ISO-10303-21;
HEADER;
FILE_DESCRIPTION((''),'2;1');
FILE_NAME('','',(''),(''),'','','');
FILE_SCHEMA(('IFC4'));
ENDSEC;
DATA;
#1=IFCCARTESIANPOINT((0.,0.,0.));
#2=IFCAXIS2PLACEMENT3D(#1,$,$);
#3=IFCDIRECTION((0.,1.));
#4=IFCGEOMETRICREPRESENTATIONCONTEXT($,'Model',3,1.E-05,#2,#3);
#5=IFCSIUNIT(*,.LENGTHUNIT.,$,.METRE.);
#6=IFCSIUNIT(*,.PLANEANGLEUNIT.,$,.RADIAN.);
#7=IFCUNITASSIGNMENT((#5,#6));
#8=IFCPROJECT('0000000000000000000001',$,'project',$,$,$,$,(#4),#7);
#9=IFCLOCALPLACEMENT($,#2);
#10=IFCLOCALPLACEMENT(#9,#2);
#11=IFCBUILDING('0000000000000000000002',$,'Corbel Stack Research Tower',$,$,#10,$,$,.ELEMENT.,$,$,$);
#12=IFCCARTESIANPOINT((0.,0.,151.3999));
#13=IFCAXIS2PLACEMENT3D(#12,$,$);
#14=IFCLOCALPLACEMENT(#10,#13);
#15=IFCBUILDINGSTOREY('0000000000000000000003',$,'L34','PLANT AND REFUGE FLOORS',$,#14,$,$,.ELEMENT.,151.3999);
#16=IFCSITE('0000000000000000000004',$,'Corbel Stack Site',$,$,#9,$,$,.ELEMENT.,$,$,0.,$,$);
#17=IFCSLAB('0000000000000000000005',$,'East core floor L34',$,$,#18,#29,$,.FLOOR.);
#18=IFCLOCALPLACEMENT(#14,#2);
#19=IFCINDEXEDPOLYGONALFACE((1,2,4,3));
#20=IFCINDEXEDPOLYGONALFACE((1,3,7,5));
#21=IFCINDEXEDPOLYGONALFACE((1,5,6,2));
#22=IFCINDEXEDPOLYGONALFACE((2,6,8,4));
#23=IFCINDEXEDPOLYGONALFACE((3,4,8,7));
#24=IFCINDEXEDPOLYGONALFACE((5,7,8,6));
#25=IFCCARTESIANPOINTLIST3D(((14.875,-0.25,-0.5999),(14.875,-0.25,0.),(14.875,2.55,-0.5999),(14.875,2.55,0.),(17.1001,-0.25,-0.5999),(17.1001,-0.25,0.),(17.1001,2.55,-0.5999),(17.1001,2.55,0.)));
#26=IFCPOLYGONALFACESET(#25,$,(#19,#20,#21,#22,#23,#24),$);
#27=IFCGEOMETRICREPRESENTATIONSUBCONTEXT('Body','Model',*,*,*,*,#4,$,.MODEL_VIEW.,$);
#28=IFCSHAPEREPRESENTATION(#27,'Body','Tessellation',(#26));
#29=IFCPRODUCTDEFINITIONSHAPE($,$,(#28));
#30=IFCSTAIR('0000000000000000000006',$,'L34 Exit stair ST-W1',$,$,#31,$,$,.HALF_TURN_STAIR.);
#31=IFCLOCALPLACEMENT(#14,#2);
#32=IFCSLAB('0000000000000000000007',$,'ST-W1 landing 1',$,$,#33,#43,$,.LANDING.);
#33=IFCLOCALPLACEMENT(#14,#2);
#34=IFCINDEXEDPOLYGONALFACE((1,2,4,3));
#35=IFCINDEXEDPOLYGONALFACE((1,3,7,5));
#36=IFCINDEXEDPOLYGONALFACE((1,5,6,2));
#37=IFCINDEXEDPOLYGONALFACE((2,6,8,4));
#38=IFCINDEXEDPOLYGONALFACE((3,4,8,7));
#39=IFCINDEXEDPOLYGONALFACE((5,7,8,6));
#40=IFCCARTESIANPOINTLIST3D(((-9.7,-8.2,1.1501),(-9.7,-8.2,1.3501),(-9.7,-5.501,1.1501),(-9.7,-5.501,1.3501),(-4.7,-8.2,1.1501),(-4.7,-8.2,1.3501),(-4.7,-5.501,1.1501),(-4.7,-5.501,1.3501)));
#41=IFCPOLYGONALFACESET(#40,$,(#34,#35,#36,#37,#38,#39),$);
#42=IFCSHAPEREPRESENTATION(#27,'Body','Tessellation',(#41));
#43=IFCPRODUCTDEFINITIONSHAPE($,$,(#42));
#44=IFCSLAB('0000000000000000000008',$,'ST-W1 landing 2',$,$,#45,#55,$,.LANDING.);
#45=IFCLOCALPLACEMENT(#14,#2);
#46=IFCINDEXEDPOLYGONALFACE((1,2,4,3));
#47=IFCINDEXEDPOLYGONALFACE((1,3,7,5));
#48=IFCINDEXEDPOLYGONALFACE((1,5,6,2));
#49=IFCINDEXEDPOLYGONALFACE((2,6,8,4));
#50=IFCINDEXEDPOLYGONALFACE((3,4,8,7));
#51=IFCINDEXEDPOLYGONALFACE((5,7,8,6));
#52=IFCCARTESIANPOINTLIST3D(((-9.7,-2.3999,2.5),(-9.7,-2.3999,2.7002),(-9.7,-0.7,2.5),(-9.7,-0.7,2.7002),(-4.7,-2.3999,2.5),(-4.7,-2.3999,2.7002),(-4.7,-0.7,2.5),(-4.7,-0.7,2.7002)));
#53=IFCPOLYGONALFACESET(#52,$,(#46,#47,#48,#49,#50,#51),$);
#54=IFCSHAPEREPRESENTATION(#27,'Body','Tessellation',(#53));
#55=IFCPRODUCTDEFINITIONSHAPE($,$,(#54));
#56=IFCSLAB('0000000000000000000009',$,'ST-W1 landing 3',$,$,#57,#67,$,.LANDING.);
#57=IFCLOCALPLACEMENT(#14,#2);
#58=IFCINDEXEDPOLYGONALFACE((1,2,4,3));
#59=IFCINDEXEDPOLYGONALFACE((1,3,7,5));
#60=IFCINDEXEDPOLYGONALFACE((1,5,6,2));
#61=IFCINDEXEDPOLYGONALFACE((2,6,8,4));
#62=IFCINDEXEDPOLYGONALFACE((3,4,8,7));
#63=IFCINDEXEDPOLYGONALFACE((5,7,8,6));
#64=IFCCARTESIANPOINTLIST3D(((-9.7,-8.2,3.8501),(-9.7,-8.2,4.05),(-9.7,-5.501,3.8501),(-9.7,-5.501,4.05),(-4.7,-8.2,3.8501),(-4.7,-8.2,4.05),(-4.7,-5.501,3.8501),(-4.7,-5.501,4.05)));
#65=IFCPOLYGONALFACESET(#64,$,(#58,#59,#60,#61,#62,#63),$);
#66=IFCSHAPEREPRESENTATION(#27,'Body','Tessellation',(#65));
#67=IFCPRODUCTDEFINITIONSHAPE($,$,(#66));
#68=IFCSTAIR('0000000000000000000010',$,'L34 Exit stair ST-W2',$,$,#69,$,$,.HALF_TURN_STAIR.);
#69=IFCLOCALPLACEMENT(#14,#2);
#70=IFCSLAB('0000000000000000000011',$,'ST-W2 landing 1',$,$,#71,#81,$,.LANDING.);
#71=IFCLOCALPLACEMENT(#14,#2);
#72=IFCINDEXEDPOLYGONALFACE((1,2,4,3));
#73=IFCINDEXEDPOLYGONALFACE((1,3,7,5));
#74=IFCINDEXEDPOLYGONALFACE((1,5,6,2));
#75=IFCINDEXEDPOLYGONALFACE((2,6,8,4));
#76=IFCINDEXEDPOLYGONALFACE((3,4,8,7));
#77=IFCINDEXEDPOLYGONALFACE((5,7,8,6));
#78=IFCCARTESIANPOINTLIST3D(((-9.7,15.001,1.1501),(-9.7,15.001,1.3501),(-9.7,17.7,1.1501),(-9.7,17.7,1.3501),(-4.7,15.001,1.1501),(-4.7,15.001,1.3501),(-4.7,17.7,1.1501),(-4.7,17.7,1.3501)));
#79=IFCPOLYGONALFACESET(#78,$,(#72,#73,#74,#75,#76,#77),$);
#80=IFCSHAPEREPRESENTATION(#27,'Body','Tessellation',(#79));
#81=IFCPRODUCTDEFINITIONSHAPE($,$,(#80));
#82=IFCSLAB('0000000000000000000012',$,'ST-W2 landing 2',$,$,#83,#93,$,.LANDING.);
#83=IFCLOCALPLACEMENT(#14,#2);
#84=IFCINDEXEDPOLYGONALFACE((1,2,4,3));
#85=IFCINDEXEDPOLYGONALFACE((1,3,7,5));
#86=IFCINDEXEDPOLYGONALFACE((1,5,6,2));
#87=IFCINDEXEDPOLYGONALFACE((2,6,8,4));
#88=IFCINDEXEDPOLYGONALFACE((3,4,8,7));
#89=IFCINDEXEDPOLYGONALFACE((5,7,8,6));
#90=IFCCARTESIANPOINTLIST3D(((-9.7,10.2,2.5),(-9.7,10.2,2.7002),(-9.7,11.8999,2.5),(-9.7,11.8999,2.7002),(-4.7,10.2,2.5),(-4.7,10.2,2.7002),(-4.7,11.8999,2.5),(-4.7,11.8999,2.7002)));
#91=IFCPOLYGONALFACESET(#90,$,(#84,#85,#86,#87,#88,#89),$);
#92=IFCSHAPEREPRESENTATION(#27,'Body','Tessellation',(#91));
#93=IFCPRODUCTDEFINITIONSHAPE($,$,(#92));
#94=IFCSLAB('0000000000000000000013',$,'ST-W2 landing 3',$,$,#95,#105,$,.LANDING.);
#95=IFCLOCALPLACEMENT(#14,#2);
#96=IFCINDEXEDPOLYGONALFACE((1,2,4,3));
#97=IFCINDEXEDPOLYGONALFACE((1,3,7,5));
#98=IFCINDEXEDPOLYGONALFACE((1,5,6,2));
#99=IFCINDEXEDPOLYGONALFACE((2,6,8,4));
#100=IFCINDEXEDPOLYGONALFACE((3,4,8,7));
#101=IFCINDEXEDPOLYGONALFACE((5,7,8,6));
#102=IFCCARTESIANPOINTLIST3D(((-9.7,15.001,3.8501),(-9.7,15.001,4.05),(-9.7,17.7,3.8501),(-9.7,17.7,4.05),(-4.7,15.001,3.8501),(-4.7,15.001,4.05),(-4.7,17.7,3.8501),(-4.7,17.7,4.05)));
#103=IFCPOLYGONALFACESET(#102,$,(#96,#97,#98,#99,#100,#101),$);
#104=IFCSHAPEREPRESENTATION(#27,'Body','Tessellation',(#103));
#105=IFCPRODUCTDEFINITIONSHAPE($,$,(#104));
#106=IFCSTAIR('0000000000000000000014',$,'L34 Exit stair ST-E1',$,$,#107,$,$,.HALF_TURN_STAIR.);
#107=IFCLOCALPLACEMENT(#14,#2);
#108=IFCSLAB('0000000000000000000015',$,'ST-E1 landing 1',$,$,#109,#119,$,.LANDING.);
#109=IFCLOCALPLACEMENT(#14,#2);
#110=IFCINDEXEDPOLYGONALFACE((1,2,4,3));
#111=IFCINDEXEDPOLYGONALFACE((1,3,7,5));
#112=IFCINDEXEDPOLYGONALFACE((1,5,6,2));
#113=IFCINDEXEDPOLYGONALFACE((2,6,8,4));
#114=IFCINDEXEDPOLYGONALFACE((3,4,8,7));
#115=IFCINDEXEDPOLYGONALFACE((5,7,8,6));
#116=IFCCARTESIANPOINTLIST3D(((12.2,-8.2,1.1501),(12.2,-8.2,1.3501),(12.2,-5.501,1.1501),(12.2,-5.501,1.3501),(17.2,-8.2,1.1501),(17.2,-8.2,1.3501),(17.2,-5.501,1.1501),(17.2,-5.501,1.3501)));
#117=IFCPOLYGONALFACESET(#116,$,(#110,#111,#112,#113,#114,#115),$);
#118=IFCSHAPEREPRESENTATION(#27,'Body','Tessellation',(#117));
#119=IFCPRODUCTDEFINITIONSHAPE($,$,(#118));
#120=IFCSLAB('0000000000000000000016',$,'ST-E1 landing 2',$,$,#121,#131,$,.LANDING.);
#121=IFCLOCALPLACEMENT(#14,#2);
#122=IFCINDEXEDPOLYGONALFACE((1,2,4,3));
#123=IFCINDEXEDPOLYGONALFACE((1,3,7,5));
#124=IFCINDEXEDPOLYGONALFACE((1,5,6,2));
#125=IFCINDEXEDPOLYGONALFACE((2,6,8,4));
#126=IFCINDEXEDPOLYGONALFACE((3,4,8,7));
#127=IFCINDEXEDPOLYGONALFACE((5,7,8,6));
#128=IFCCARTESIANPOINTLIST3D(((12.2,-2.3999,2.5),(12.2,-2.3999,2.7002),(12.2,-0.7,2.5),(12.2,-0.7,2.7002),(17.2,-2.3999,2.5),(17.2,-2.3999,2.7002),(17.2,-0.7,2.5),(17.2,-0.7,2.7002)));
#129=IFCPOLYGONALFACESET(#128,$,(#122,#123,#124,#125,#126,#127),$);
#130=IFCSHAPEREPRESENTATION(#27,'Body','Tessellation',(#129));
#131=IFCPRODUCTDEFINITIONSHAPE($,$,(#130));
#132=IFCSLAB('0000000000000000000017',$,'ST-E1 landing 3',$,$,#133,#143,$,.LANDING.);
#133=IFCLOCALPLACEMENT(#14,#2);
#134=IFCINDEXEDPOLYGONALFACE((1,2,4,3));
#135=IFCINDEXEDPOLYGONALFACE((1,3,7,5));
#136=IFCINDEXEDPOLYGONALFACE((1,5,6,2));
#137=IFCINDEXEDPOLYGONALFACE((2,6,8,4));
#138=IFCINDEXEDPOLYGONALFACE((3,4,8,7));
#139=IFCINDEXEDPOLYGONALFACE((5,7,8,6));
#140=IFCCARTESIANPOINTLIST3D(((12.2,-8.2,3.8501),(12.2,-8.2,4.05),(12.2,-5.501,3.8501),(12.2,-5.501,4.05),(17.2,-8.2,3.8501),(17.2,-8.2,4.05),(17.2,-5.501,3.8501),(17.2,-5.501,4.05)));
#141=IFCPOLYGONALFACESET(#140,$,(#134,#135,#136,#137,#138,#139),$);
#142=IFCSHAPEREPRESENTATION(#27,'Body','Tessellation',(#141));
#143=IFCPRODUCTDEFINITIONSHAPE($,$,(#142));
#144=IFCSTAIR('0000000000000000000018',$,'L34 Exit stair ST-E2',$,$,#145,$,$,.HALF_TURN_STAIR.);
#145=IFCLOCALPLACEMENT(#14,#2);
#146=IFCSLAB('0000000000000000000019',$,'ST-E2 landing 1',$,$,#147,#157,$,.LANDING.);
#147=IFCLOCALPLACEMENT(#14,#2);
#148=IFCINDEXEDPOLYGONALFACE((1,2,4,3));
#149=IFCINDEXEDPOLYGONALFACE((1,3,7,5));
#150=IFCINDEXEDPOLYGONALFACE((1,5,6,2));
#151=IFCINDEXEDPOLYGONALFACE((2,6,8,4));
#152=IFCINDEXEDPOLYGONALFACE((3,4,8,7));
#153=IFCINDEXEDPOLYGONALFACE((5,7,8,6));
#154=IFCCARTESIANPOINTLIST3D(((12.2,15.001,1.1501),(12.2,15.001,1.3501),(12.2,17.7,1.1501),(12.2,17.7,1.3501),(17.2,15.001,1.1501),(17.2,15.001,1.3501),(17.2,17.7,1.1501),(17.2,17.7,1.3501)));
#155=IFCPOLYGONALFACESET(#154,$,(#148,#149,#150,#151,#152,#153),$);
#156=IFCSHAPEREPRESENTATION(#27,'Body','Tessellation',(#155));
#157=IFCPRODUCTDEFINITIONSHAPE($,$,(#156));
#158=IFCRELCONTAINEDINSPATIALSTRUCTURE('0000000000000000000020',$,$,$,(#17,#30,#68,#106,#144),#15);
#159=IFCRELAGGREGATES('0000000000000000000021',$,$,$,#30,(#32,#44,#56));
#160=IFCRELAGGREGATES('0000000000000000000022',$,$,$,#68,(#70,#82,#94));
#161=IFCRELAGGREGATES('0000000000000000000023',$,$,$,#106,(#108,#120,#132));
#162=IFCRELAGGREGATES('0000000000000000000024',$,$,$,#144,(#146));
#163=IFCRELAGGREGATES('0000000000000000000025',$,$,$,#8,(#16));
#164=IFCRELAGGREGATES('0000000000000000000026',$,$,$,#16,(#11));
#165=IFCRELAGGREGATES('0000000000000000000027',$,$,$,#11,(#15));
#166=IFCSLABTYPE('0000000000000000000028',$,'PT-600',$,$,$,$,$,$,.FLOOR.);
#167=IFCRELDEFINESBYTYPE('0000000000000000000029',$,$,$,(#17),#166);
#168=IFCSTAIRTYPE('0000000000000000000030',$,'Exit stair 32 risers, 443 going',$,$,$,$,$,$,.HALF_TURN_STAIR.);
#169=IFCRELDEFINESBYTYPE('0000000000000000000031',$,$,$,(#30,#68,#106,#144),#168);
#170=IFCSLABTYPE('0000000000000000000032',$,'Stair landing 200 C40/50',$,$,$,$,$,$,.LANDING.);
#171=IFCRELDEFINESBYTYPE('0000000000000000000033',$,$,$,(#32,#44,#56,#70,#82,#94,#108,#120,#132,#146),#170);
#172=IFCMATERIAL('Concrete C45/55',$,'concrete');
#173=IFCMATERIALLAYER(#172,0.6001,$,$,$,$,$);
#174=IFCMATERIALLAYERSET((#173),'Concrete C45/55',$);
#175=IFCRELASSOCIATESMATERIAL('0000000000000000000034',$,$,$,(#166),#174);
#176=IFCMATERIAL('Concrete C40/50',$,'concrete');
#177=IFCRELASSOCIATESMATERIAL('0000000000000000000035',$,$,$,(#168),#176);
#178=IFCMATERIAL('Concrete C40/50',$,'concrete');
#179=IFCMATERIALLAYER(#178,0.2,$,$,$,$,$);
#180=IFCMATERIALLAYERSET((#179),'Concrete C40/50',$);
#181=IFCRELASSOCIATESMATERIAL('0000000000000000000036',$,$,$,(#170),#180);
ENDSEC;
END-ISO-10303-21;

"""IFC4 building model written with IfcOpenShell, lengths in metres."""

from ifc_helpers import new_model, si_unit, direction, frame, origin, place, context, subcontext, project, spatial, polyline, outline, extrude, material, layer, layer_set, type_object, element, aggregate, save


model = new_model("IFC4")

# Units and contexts
model_context = context("Model", 3, precision=1e-05, world=origin(), true_north=direction((0.0, 1.0)))
body_context = subcontext(model_context, "Body", "Model", "MODEL_VIEW")
ifc_project = project(units=[si_unit("LENGTHUNIT", "METRE"), si_unit("PLANEANGLEUNIT", "RADIAN")], contexts=[model_context])

# Site, building, storey
site_placement = place(None, origin())
site = spatial("IfcSite", under=ifc_project, at=site_placement, Name="Corbel Stack Site", CompositionType="ELEMENT", RefElevation=0.0)
building_placement = place(site_placement, origin())
building = spatial("IfcBuilding", under=site, at=building_placement, Name="Corbel Stack Research Tower", CompositionType="ELEMENT")
storey_placement = place(building_placement, frame((0.0, 0.0, 151.3999)))
storey = spatial("IfcBuildingStorey", under=building, at=storey_placement, Name="L34", Description="PLANT AND REFUGE FLOORS", CompositionType="ELEMENT", Elevation=151.3999)

# Slab
ifc_material_1 = material(Name="Concrete C45/55", Category="concrete")
ifc_layer_1 = layer(ifc_material_1, 0.6001)
ifc_layer_set_1 = layer_set([ifc_layer_1], Name="Concrete C45/55")
slab_type_1 = type_object("IfcSlabType", Name="PT-600", PredefinedType="FLOOR", material=ifc_layer_set_1)
slab_1_placement = place(storey_placement, frame((0.0, 0.0, -0.5999)))
element("IfcSlab", 1, at=slab_1_placement, inside=storey, type_object=slab_type_1, Name="East core floor L34", PredefinedType="FLOOR", context=body_context, shape_type="SweptSolid", body=[
    extrude(outline(polyline([(14.875, 2.55), (14.875, -0.25), (17.1001, -0.25), (17.1001, 2.55), (14.875, 2.55)])), origin(), (0.0, 0.0, 1.0), 0.5999),
])

# Stairs, slabs
ifc_material_2 = material(Name="Concrete C40/50", Category="concrete")
stair_type = type_object("IfcStairType", Name="Exit stair 32 risers, 443 going", PredefinedType="HALF_TURN_STAIR", material=ifc_material_2)
stair_1_placement = place(storey_placement, origin())
stair_1 = element("IfcStair", 2, at=stair_1_placement, inside=storey, type_object=stair_type, Name="L34 Exit stair ST-W1", PredefinedType="HALF_TURN_STAIR")
ifc_material_3 = material(Name="Concrete C40/50", Category="concrete")
ifc_layer_2 = layer(ifc_material_3, 0.2)
ifc_layer_set_2 = layer_set([ifc_layer_2], Name="Concrete C40/50")
slab_type_2 = type_object("IfcSlabType", Name="Stair landing 200 C40/50", PredefinedType="LANDING", material=ifc_layer_set_2)
slab_2_placement = place(storey_placement, frame((0.0, 0.0, 1.1501)))
slab_2 = element("IfcSlab", 3, at=slab_2_placement, type_object=slab_type_2, Name="ST-W1 landing 1", PredefinedType="LANDING", context=body_context, shape_type="SweptSolid", body=[
    extrude(outline(polyline([(-9.7, -8.2), (-9.7, -5.501), (-4.7, -5.501), (-4.7, -8.2), (-9.7, -8.2)])), origin(), (0.0, 0.0, 1.0), 0.2),
])
slab_3_placement = place(storey_placement, frame((0.0, 0.0, 2.5)))
slab_3 = element("IfcSlab", 4, at=slab_3_placement, type_object=slab_type_2, Name="ST-W1 landing 2", PredefinedType="LANDING", context=body_context, shape_type="SweptSolid", body=[
    extrude(outline(polyline([(-9.7, -2.3999), (-9.7, -0.7), (-4.7, -0.7), (-4.7, -2.3999), (-9.7, -2.3999)])), origin(), (0.0, 0.0, 1.0), 0.2002),
])
slab_4_placement = place(storey_placement, frame((0.0, 0.0, 3.8501)))
slab_4 = element("IfcSlab", 5, at=slab_4_placement, type_object=slab_type_2, Name="ST-W1 landing 3", PredefinedType="LANDING", context=body_context, shape_type="SweptSolid", body=[
    extrude(outline(polyline([(-9.7, -8.2), (-9.7, -5.501), (-4.7, -5.501), (-4.7, -8.2), (-9.7, -8.2)])), origin(), (0.0, 0.0, 1.0), 0.2),
])
aggregate(stair_1, [slab_2, slab_3, slab_4])
stair_2_placement = place(storey_placement, origin())
stair_2 = element("IfcStair", 6, at=stair_2_placement, inside=storey, type_object=stair_type, Name="L34 Exit stair ST-W2", PredefinedType="HALF_TURN_STAIR")
slab_5_placement = place(storey_placement, frame((0.0, 0.0, 1.1501)))
slab_5 = element("IfcSlab", 7, at=slab_5_placement, type_object=slab_type_2, Name="ST-W2 landing 1", PredefinedType="LANDING", context=body_context, shape_type="SweptSolid", body=[
    extrude(outline(polyline([(-9.7, 15.001), (-9.7, 17.7), (-4.7, 17.7), (-4.7, 15.001), (-9.7, 15.001)])), origin(), (0.0, 0.0, 1.0), 0.2),
])
slab_6_placement = place(storey_placement, frame((0.0, 0.0, 2.5)))
slab_6 = element("IfcSlab", 8, at=slab_6_placement, type_object=slab_type_2, Name="ST-W2 landing 2", PredefinedType="LANDING", context=body_context, shape_type="SweptSolid", body=[
    extrude(outline(polyline([(-9.7, 10.2), (-9.7, 11.8999), (-4.7, 11.8999), (-4.7, 10.2), (-9.7, 10.2)])), origin(), (0.0, 0.0, 1.0), 0.2002),
])
slab_7_placement = place(storey_placement, frame((0.0, 0.0, 3.8501)))
slab_7 = element("IfcSlab", 9, at=slab_7_placement, type_object=slab_type_2, Name="ST-W2 landing 3", PredefinedType="LANDING", context=body_context, shape_type="SweptSolid", body=[
    extrude(outline(polyline([(-9.7, 15.001), (-9.7, 17.7), (-4.7, 17.7), (-4.7, 15.001), (-9.7, 15.001)])), origin(), (0.0, 0.0, 1.0), 0.2),
])
aggregate(stair_2, [slab_5, slab_6, slab_7])
stair_3_placement = place(storey_placement, origin())
stair_3 = element("IfcStair", 10, at=stair_3_placement, inside=storey, type_object=stair_type, Name="L34 Exit stair ST-E1", PredefinedType="HALF_TURN_STAIR")
slab_8_placement = place(storey_placement, frame((0.0, 0.0, 1.1501)))
slab_8 = element("IfcSlab", 11, at=slab_8_placement, type_object=slab_type_2, Name="ST-E1 landing 1", PredefinedType="LANDING", context=body_context, shape_type="SweptSolid", body=[
    extrude(outline(polyline([(12.2, -8.2), (12.2, -5.501), (17.2, -5.501), (17.2, -8.2), (12.2, -8.2)])), origin(), (0.0, 0.0, 1.0), 0.2),
])
slab_9_placement = place(storey_placement, frame((0.0, 0.0, 2.5)))
slab_9 = element("IfcSlab", 12, at=slab_9_placement, type_object=slab_type_2, Name="ST-E1 landing 2", PredefinedType="LANDING", context=body_context, shape_type="SweptSolid", body=[
    extrude(outline(polyline([(12.2, -2.3999), (12.2, -0.7), (17.2, -0.7), (17.2, -2.3999), (12.2, -2.3999)])), origin(), (0.0, 0.0, 1.0), 0.2002),
])
slab_10_placement = place(storey_placement, frame((0.0, 0.0, 3.8501)))
slab_10 = element("IfcSlab", 13, at=slab_10_placement, type_object=slab_type_2, Name="ST-E1 landing 3", PredefinedType="LANDING", context=body_context, shape_type="SweptSolid", body=[
    extrude(outline(polyline([(12.2, -8.2), (12.2, -5.501), (17.2, -5.501), (17.2, -8.2), (12.2, -8.2)])), origin(), (0.0, 0.0, 1.0), 0.2),
])
aggregate(stair_3, [slab_8, slab_9, slab_10])

# Stair, slab
stair_4_placement = place(storey_placement, origin())
stair_4 = element("IfcStair", 14, at=stair_4_placement, inside=storey, type_object=stair_type, Name="L34 Exit stair ST-E2", PredefinedType="HALF_TURN_STAIR")
slab_11_placement = place(storey_placement, frame((0.0, 0.0, 1.1501)))
slab_11 = element("IfcSlab", 15, at=slab_11_placement, type_object=slab_type_2, Name="ST-E2 landing 1", PredefinedType="LANDING", context=body_context, shape_type="SweptSolid", body=[
    extrude(outline(polyline([(12.2, 15.001), (12.2, 17.7), (17.2, 17.7), (17.2, 15.001), (12.2, 15.001)])), origin(), (0.0, 0.0, 1.0), 0.2),
])
aggregate(stair_4, [slab_11])

save(model, "model.ifc")
